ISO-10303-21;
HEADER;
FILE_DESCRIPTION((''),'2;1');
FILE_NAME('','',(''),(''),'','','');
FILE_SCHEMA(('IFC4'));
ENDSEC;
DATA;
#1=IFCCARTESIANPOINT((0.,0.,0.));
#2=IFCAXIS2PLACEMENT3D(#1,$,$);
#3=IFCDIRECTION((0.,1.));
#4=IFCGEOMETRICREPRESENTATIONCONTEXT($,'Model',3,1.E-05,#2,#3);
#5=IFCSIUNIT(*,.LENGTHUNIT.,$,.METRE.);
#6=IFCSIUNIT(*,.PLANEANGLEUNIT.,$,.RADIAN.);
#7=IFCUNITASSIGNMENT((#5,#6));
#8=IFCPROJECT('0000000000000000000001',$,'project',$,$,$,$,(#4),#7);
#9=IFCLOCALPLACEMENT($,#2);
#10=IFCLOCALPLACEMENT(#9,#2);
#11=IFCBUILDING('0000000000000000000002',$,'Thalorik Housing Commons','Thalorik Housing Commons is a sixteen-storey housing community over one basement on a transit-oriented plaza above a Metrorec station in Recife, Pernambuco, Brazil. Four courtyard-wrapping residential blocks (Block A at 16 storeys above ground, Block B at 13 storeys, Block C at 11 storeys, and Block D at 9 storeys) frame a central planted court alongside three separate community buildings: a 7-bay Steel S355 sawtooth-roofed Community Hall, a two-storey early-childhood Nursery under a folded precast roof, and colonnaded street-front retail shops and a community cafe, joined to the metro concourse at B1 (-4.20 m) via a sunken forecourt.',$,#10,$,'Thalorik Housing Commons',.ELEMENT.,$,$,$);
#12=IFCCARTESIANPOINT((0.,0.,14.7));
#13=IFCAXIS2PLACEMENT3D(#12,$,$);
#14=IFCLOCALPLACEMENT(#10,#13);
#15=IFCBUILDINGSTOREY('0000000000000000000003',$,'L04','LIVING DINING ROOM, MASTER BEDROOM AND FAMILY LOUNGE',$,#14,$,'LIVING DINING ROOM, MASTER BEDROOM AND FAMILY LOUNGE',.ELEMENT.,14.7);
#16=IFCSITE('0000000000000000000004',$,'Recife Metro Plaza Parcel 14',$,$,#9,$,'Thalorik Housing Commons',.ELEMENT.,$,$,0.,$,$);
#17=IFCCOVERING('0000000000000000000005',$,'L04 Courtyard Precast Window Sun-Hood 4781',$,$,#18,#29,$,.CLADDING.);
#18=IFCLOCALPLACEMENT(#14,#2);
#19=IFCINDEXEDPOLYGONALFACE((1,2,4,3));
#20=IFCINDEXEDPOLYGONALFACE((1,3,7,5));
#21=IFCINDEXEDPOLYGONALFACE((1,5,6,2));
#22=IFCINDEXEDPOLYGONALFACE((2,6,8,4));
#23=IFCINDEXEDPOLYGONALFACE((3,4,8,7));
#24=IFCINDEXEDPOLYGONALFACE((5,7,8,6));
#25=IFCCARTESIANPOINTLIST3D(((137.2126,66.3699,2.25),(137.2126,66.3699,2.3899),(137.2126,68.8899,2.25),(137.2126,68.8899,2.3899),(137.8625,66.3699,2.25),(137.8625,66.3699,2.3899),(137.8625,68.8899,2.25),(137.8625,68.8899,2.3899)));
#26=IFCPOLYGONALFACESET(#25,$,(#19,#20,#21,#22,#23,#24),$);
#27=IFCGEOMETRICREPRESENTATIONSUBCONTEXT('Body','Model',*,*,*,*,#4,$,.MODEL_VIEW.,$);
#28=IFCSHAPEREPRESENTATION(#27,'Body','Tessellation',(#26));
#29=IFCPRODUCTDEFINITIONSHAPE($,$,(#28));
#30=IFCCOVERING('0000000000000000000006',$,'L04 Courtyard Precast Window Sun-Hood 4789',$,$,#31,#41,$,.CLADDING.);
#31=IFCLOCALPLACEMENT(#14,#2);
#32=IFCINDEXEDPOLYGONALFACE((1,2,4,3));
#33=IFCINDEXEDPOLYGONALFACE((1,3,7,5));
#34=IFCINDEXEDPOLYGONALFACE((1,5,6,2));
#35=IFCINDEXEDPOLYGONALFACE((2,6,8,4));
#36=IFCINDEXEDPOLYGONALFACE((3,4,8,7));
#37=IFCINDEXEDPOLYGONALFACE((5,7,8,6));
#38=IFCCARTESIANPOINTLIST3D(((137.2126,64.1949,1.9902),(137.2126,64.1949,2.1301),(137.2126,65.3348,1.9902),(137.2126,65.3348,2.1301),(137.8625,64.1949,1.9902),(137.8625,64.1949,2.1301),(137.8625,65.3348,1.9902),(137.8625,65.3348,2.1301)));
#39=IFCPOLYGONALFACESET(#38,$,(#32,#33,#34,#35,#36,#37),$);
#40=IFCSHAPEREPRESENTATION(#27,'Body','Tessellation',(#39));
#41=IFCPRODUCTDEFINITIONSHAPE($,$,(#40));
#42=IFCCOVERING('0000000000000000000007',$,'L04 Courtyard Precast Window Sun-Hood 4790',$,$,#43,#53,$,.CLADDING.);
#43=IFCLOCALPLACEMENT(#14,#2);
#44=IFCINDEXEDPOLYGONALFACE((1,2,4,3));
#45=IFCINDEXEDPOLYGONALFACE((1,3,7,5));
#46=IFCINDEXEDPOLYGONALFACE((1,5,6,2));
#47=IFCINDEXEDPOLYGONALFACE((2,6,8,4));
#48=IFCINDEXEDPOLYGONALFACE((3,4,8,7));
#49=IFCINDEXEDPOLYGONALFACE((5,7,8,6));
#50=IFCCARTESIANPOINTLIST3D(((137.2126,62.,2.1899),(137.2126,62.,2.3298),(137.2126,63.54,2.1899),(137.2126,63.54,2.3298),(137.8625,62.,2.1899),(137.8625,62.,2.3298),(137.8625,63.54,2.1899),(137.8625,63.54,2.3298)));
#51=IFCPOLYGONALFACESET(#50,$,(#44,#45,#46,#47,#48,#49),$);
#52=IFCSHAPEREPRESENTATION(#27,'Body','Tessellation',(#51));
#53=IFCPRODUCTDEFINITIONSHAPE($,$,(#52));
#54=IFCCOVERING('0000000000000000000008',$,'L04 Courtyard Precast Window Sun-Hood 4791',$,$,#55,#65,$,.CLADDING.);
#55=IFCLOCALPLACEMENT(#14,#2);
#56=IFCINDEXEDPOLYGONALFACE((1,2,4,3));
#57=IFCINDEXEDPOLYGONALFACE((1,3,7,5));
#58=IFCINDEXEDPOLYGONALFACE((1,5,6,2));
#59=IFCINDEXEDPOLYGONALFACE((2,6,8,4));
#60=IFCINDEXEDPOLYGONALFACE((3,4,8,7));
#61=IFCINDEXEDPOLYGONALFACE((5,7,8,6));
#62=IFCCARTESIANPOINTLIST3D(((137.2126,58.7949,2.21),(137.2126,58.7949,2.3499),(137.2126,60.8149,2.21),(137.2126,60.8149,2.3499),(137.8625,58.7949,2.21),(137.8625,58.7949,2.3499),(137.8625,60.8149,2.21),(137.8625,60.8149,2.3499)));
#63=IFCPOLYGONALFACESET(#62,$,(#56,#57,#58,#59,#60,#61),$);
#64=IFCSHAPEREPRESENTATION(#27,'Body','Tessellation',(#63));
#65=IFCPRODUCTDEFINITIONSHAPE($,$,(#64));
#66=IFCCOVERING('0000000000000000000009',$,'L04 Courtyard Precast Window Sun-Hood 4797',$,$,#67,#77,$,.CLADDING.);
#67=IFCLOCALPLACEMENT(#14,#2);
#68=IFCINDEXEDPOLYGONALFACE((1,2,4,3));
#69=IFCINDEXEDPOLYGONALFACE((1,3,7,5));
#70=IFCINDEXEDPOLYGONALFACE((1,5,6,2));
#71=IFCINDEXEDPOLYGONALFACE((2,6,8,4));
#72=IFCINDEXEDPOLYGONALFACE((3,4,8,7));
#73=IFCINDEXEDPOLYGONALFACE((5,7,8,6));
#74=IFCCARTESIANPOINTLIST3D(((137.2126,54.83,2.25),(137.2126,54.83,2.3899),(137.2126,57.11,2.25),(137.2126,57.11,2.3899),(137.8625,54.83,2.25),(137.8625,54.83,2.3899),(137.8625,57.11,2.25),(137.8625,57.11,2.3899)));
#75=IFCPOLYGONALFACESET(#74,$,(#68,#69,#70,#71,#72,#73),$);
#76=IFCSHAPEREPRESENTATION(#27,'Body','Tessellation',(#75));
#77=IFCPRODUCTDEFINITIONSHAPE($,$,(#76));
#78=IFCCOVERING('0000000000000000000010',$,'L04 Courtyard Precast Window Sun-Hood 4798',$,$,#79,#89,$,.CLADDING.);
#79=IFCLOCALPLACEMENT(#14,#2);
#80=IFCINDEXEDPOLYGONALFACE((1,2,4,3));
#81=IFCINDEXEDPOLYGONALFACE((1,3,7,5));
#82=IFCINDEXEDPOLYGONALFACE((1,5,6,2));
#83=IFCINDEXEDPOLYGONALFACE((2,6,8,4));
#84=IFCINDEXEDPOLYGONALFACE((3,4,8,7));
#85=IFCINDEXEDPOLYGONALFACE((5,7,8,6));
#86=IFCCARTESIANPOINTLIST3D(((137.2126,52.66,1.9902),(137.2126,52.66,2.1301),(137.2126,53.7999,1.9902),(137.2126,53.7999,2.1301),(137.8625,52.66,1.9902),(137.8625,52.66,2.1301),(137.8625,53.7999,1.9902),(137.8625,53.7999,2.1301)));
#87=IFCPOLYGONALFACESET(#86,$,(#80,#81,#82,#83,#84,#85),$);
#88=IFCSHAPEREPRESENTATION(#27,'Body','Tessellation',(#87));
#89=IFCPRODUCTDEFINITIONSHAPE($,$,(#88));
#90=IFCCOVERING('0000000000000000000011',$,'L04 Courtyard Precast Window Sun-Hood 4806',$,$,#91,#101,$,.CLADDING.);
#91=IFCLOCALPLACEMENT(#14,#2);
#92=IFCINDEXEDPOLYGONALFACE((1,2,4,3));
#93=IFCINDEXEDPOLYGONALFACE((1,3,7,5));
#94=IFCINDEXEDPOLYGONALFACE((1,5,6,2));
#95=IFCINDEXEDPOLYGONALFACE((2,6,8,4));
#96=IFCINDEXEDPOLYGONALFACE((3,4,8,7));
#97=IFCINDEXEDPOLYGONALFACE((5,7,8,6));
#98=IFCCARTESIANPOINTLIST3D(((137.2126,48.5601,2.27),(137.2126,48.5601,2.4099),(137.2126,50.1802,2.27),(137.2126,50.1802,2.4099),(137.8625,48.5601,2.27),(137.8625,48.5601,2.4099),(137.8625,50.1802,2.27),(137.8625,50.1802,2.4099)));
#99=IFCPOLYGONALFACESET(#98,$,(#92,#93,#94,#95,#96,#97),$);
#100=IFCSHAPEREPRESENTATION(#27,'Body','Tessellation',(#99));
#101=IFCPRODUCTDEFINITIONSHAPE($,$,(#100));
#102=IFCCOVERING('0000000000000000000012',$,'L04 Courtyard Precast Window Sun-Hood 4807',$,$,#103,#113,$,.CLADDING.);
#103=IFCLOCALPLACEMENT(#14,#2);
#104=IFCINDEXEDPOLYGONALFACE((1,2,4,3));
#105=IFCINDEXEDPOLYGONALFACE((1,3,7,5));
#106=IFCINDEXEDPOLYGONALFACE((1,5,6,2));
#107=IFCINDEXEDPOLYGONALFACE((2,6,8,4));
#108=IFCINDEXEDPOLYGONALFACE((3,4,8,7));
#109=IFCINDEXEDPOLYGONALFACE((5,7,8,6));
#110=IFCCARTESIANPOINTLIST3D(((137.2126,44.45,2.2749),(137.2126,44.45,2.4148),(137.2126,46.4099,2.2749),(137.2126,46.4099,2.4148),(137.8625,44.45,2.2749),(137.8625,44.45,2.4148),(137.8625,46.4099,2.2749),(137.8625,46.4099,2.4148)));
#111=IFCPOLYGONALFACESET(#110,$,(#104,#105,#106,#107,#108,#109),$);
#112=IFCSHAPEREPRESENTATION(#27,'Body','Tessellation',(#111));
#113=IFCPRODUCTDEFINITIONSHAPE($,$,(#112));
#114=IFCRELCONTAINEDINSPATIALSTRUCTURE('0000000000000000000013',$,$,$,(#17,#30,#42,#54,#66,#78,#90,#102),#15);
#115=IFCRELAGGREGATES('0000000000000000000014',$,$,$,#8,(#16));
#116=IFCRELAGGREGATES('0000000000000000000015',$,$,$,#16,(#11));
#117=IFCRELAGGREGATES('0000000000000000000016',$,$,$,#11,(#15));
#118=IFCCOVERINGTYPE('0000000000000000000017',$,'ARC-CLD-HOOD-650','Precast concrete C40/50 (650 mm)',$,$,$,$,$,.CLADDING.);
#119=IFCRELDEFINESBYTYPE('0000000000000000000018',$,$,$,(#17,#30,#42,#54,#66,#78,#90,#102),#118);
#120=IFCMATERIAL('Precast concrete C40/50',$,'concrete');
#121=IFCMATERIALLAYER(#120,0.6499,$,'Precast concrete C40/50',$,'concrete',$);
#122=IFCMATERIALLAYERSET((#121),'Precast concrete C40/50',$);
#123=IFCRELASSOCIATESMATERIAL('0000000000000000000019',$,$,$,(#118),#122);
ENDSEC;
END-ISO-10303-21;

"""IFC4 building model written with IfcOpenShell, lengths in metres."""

from ifc_helpers import new_model, si_unit, direction, frame, origin, origin_2d, place, context, subcontext, project, spatial, rectangle, extrude, material, layer, layer_set, type_object, element, save


model = new_model("IFC4")

# Units and contexts
model_context = context("Model", 3, precision=1e-05, world=origin(), true_north=direction((0.0, 1.0)))
body_context = subcontext(model_context, "Body", "Model", "MODEL_VIEW")
ifc_project = project(units=[si_unit("LENGTHUNIT", "METRE"), si_unit("PLANEANGLEUNIT", "RADIAN")], contexts=[model_context])

# Site, building, storey
site_placement = place(None, origin())
site = spatial("IfcSite", under=ifc_project, at=site_placement, Name="Recife Metro Plaza Parcel 14", LongName="Thalorik Housing Commons", CompositionType="ELEMENT", RefElevation=0.0)
building_placement = place(site_placement, origin())
building = spatial("IfcBuilding", under=site, at=building_placement, Name="Thalorik Housing Commons", Description="Thalorik Housing Commons is a sixteen-storey housing community over one basement on a transit-oriented plaza above a Metrorec station in Recife, Pernambuco, Brazil. Four courtyard-wrapping residential blocks (Block A at 16 storeys above ground, Block B at 13 storeys, Block C at 11 storeys, and Block D at 9 storeys) frame a central planted court alongside three separate community buildings: a 7-bay Steel S355 sawtooth-roofed Community Hall, a two-storey early-childhood Nursery under a folded precast roof, and colonnaded street-front retail shops and a community cafe, joined to the metro concourse at B1 (-4.20 m) via a sunken forecourt.", LongName="Thalorik Housing Commons", CompositionType="ELEMENT")
storey_placement = place(building_placement, frame((0.0, 0.0, 14.7)))
storey = spatial("IfcBuildingStorey", under=building, at=storey_placement, Name="L04", Description="LIVING DINING ROOM, MASTER BEDROOM AND FAMILY LOUNGE", LongName="LIVING DINING ROOM, MASTER BEDROOM AND FAMILY LOUNGE", CompositionType="ELEMENT", Elevation=14.7)

# Coverings
ifc_material = material(Name="Precast concrete C40/50", Category="concrete")
ifc_layer_1 = layer(ifc_material, 0.6499, Name="Precast concrete C40/50", Category="concrete")
ifc_layer_set_1 = layer_set([ifc_layer_1], Name="Precast concrete C40/50")
covering_type_1 = type_object("IfcCoveringType", Name="ARC-CLD-HOOD-650", Description="Precast concrete C40/50 (650 mm)", PredefinedType="CLADDING", material=ifc_layer_set_1)
covering_1_placement = place(storey_placement, frame((137.5376, 67.6299, 2.25), z_axis=(0.0, 0.0, 1.0), x_axis=(0.0, -1.0, 0.0)))
element("IfcCovering", 1, at=covering_1_placement, inside=storey, type_object=covering_type_1, Name="L04 Courtyard Precast Window Sun-Hood 4781", PredefinedType="CLADDING", context=body_context, shape_type="SweptSolid", body=[
    extrude(rectangle(XDim=2.52, YDim=0.6499, at=origin_2d()), origin(), (0.0, 0.0, 1.0), 0.1399),
])
covering_2_placement = place(storey_placement, frame((137.5376, 64.7649, 1.9902), z_axis=(0.0, 0.0, 1.0), x_axis=(0.0, -1.0, 0.0)))
element("IfcCovering", 2, at=covering_2_placement, inside=storey, type_object=covering_type_1, Name="L04 Courtyard Precast Window Sun-Hood 4789", PredefinedType="CLADDING", context=body_context, shape_type="SweptSolid", body=[
    extrude(rectangle(XDim=1.1399, YDim=0.6499, at=origin_2d()), origin(), (0.0, 0.0, 1.0), 0.1399),
])
covering_3_placement = place(storey_placement, frame((137.5376, 62.77, 2.1899), z_axis=(0.0, 0.0, 1.0), x_axis=(0.0, -1.0, 0.0)))
element("IfcCovering", 3, at=covering_3_placement, inside=storey, type_object=covering_type_1, Name="L04 Courtyard Precast Window Sun-Hood 4790", PredefinedType="CLADDING", context=body_context, shape_type="SweptSolid", body=[
    extrude(rectangle(XDim=1.54, YDim=0.6499, at=origin_2d()), origin(), (0.0, 0.0, 1.0), 0.1399),
])
covering_4_placement = place(storey_placement, frame((137.5376, 59.8049, 2.21), z_axis=(0.0, 0.0, 1.0), x_axis=(0.0, -1.0, 0.0)))
element("IfcCovering", 4, at=covering_4_placement, inside=storey, type_object=covering_type_1, Name="L04 Courtyard Precast Window Sun-Hood 4791", PredefinedType="CLADDING", context=body_context, shape_type="SweptSolid", body=[
    extrude(rectangle(XDim=2.02, YDim=0.6499, at=origin_2d()), origin(), (0.0, 0.0, 1.0), 0.1399),
])
covering_5_placement = place(storey_placement, frame((137.5376, 55.97, 2.25), z_axis=(0.0, 0.0, 1.0), x_axis=(0.0, -1.0, 0.0)))
element("IfcCovering", 5, at=covering_5_placement, inside=storey, type_object=covering_type_1, Name="L04 Courtyard Precast Window Sun-Hood 4797", PredefinedType="CLADDING", context=body_context, shape_type="SweptSolid", body=[
    extrude(rectangle(XDim=2.28, YDim=0.6499, at=origin_2d()), origin(), (0.0, 0.0, 1.0), 0.1399),
])
covering_6_placement = place(storey_placement, frame((137.5376, 53.23, 1.9902), z_axis=(0.0, 0.0, 1.0), x_axis=(0.0, -1.0, 0.0)))
element("IfcCovering", 6, at=covering_6_placement, inside=storey, type_object=covering_type_1, Name="L04 Courtyard Precast Window Sun-Hood 4798", PredefinedType="CLADDING", context=body_context, shape_type="SweptSolid", body=[
    extrude(rectangle(XDim=1.1399, YDim=0.6499, at=origin_2d()), origin(), (0.0, 0.0, 1.0), 0.1399),
])
covering_7_placement = place(storey_placement, frame((137.5376, 49.3701, 2.27), z_axis=(0.0, 0.0, 1.0), x_axis=(0.0, -1.0, 0.0)))
element("IfcCovering", 7, at=covering_7_placement, inside=storey, type_object=covering_type_1, Name="L04 Courtyard Precast Window Sun-Hood 4806", PredefinedType="CLADDING", context=body_context, shape_type="SweptSolid", body=[
    extrude(rectangle(XDim=1.6201, YDim=0.6499, at=origin_2d()), origin(), (0.0, 0.0, 1.0), 0.1399),
])
covering_8_placement = place(storey_placement, frame((137.5376, 45.4299, 2.2749), z_axis=(0.0, 0.0, 1.0), x_axis=(0.0, -1.0, 0.0)))
element("IfcCovering", 8, at=covering_8_placement, inside=storey, type_object=covering_type_1, Name="L04 Courtyard Precast Window Sun-Hood 4807", PredefinedType="CLADDING", context=body_context, shape_type="SweptSolid", body=[
    extrude(rectangle(XDim=1.96, YDim=0.6499, at=origin_2d()), origin(), (0.0, 0.0, 1.0), 0.1399),
])

save(model, "model.ifc")
